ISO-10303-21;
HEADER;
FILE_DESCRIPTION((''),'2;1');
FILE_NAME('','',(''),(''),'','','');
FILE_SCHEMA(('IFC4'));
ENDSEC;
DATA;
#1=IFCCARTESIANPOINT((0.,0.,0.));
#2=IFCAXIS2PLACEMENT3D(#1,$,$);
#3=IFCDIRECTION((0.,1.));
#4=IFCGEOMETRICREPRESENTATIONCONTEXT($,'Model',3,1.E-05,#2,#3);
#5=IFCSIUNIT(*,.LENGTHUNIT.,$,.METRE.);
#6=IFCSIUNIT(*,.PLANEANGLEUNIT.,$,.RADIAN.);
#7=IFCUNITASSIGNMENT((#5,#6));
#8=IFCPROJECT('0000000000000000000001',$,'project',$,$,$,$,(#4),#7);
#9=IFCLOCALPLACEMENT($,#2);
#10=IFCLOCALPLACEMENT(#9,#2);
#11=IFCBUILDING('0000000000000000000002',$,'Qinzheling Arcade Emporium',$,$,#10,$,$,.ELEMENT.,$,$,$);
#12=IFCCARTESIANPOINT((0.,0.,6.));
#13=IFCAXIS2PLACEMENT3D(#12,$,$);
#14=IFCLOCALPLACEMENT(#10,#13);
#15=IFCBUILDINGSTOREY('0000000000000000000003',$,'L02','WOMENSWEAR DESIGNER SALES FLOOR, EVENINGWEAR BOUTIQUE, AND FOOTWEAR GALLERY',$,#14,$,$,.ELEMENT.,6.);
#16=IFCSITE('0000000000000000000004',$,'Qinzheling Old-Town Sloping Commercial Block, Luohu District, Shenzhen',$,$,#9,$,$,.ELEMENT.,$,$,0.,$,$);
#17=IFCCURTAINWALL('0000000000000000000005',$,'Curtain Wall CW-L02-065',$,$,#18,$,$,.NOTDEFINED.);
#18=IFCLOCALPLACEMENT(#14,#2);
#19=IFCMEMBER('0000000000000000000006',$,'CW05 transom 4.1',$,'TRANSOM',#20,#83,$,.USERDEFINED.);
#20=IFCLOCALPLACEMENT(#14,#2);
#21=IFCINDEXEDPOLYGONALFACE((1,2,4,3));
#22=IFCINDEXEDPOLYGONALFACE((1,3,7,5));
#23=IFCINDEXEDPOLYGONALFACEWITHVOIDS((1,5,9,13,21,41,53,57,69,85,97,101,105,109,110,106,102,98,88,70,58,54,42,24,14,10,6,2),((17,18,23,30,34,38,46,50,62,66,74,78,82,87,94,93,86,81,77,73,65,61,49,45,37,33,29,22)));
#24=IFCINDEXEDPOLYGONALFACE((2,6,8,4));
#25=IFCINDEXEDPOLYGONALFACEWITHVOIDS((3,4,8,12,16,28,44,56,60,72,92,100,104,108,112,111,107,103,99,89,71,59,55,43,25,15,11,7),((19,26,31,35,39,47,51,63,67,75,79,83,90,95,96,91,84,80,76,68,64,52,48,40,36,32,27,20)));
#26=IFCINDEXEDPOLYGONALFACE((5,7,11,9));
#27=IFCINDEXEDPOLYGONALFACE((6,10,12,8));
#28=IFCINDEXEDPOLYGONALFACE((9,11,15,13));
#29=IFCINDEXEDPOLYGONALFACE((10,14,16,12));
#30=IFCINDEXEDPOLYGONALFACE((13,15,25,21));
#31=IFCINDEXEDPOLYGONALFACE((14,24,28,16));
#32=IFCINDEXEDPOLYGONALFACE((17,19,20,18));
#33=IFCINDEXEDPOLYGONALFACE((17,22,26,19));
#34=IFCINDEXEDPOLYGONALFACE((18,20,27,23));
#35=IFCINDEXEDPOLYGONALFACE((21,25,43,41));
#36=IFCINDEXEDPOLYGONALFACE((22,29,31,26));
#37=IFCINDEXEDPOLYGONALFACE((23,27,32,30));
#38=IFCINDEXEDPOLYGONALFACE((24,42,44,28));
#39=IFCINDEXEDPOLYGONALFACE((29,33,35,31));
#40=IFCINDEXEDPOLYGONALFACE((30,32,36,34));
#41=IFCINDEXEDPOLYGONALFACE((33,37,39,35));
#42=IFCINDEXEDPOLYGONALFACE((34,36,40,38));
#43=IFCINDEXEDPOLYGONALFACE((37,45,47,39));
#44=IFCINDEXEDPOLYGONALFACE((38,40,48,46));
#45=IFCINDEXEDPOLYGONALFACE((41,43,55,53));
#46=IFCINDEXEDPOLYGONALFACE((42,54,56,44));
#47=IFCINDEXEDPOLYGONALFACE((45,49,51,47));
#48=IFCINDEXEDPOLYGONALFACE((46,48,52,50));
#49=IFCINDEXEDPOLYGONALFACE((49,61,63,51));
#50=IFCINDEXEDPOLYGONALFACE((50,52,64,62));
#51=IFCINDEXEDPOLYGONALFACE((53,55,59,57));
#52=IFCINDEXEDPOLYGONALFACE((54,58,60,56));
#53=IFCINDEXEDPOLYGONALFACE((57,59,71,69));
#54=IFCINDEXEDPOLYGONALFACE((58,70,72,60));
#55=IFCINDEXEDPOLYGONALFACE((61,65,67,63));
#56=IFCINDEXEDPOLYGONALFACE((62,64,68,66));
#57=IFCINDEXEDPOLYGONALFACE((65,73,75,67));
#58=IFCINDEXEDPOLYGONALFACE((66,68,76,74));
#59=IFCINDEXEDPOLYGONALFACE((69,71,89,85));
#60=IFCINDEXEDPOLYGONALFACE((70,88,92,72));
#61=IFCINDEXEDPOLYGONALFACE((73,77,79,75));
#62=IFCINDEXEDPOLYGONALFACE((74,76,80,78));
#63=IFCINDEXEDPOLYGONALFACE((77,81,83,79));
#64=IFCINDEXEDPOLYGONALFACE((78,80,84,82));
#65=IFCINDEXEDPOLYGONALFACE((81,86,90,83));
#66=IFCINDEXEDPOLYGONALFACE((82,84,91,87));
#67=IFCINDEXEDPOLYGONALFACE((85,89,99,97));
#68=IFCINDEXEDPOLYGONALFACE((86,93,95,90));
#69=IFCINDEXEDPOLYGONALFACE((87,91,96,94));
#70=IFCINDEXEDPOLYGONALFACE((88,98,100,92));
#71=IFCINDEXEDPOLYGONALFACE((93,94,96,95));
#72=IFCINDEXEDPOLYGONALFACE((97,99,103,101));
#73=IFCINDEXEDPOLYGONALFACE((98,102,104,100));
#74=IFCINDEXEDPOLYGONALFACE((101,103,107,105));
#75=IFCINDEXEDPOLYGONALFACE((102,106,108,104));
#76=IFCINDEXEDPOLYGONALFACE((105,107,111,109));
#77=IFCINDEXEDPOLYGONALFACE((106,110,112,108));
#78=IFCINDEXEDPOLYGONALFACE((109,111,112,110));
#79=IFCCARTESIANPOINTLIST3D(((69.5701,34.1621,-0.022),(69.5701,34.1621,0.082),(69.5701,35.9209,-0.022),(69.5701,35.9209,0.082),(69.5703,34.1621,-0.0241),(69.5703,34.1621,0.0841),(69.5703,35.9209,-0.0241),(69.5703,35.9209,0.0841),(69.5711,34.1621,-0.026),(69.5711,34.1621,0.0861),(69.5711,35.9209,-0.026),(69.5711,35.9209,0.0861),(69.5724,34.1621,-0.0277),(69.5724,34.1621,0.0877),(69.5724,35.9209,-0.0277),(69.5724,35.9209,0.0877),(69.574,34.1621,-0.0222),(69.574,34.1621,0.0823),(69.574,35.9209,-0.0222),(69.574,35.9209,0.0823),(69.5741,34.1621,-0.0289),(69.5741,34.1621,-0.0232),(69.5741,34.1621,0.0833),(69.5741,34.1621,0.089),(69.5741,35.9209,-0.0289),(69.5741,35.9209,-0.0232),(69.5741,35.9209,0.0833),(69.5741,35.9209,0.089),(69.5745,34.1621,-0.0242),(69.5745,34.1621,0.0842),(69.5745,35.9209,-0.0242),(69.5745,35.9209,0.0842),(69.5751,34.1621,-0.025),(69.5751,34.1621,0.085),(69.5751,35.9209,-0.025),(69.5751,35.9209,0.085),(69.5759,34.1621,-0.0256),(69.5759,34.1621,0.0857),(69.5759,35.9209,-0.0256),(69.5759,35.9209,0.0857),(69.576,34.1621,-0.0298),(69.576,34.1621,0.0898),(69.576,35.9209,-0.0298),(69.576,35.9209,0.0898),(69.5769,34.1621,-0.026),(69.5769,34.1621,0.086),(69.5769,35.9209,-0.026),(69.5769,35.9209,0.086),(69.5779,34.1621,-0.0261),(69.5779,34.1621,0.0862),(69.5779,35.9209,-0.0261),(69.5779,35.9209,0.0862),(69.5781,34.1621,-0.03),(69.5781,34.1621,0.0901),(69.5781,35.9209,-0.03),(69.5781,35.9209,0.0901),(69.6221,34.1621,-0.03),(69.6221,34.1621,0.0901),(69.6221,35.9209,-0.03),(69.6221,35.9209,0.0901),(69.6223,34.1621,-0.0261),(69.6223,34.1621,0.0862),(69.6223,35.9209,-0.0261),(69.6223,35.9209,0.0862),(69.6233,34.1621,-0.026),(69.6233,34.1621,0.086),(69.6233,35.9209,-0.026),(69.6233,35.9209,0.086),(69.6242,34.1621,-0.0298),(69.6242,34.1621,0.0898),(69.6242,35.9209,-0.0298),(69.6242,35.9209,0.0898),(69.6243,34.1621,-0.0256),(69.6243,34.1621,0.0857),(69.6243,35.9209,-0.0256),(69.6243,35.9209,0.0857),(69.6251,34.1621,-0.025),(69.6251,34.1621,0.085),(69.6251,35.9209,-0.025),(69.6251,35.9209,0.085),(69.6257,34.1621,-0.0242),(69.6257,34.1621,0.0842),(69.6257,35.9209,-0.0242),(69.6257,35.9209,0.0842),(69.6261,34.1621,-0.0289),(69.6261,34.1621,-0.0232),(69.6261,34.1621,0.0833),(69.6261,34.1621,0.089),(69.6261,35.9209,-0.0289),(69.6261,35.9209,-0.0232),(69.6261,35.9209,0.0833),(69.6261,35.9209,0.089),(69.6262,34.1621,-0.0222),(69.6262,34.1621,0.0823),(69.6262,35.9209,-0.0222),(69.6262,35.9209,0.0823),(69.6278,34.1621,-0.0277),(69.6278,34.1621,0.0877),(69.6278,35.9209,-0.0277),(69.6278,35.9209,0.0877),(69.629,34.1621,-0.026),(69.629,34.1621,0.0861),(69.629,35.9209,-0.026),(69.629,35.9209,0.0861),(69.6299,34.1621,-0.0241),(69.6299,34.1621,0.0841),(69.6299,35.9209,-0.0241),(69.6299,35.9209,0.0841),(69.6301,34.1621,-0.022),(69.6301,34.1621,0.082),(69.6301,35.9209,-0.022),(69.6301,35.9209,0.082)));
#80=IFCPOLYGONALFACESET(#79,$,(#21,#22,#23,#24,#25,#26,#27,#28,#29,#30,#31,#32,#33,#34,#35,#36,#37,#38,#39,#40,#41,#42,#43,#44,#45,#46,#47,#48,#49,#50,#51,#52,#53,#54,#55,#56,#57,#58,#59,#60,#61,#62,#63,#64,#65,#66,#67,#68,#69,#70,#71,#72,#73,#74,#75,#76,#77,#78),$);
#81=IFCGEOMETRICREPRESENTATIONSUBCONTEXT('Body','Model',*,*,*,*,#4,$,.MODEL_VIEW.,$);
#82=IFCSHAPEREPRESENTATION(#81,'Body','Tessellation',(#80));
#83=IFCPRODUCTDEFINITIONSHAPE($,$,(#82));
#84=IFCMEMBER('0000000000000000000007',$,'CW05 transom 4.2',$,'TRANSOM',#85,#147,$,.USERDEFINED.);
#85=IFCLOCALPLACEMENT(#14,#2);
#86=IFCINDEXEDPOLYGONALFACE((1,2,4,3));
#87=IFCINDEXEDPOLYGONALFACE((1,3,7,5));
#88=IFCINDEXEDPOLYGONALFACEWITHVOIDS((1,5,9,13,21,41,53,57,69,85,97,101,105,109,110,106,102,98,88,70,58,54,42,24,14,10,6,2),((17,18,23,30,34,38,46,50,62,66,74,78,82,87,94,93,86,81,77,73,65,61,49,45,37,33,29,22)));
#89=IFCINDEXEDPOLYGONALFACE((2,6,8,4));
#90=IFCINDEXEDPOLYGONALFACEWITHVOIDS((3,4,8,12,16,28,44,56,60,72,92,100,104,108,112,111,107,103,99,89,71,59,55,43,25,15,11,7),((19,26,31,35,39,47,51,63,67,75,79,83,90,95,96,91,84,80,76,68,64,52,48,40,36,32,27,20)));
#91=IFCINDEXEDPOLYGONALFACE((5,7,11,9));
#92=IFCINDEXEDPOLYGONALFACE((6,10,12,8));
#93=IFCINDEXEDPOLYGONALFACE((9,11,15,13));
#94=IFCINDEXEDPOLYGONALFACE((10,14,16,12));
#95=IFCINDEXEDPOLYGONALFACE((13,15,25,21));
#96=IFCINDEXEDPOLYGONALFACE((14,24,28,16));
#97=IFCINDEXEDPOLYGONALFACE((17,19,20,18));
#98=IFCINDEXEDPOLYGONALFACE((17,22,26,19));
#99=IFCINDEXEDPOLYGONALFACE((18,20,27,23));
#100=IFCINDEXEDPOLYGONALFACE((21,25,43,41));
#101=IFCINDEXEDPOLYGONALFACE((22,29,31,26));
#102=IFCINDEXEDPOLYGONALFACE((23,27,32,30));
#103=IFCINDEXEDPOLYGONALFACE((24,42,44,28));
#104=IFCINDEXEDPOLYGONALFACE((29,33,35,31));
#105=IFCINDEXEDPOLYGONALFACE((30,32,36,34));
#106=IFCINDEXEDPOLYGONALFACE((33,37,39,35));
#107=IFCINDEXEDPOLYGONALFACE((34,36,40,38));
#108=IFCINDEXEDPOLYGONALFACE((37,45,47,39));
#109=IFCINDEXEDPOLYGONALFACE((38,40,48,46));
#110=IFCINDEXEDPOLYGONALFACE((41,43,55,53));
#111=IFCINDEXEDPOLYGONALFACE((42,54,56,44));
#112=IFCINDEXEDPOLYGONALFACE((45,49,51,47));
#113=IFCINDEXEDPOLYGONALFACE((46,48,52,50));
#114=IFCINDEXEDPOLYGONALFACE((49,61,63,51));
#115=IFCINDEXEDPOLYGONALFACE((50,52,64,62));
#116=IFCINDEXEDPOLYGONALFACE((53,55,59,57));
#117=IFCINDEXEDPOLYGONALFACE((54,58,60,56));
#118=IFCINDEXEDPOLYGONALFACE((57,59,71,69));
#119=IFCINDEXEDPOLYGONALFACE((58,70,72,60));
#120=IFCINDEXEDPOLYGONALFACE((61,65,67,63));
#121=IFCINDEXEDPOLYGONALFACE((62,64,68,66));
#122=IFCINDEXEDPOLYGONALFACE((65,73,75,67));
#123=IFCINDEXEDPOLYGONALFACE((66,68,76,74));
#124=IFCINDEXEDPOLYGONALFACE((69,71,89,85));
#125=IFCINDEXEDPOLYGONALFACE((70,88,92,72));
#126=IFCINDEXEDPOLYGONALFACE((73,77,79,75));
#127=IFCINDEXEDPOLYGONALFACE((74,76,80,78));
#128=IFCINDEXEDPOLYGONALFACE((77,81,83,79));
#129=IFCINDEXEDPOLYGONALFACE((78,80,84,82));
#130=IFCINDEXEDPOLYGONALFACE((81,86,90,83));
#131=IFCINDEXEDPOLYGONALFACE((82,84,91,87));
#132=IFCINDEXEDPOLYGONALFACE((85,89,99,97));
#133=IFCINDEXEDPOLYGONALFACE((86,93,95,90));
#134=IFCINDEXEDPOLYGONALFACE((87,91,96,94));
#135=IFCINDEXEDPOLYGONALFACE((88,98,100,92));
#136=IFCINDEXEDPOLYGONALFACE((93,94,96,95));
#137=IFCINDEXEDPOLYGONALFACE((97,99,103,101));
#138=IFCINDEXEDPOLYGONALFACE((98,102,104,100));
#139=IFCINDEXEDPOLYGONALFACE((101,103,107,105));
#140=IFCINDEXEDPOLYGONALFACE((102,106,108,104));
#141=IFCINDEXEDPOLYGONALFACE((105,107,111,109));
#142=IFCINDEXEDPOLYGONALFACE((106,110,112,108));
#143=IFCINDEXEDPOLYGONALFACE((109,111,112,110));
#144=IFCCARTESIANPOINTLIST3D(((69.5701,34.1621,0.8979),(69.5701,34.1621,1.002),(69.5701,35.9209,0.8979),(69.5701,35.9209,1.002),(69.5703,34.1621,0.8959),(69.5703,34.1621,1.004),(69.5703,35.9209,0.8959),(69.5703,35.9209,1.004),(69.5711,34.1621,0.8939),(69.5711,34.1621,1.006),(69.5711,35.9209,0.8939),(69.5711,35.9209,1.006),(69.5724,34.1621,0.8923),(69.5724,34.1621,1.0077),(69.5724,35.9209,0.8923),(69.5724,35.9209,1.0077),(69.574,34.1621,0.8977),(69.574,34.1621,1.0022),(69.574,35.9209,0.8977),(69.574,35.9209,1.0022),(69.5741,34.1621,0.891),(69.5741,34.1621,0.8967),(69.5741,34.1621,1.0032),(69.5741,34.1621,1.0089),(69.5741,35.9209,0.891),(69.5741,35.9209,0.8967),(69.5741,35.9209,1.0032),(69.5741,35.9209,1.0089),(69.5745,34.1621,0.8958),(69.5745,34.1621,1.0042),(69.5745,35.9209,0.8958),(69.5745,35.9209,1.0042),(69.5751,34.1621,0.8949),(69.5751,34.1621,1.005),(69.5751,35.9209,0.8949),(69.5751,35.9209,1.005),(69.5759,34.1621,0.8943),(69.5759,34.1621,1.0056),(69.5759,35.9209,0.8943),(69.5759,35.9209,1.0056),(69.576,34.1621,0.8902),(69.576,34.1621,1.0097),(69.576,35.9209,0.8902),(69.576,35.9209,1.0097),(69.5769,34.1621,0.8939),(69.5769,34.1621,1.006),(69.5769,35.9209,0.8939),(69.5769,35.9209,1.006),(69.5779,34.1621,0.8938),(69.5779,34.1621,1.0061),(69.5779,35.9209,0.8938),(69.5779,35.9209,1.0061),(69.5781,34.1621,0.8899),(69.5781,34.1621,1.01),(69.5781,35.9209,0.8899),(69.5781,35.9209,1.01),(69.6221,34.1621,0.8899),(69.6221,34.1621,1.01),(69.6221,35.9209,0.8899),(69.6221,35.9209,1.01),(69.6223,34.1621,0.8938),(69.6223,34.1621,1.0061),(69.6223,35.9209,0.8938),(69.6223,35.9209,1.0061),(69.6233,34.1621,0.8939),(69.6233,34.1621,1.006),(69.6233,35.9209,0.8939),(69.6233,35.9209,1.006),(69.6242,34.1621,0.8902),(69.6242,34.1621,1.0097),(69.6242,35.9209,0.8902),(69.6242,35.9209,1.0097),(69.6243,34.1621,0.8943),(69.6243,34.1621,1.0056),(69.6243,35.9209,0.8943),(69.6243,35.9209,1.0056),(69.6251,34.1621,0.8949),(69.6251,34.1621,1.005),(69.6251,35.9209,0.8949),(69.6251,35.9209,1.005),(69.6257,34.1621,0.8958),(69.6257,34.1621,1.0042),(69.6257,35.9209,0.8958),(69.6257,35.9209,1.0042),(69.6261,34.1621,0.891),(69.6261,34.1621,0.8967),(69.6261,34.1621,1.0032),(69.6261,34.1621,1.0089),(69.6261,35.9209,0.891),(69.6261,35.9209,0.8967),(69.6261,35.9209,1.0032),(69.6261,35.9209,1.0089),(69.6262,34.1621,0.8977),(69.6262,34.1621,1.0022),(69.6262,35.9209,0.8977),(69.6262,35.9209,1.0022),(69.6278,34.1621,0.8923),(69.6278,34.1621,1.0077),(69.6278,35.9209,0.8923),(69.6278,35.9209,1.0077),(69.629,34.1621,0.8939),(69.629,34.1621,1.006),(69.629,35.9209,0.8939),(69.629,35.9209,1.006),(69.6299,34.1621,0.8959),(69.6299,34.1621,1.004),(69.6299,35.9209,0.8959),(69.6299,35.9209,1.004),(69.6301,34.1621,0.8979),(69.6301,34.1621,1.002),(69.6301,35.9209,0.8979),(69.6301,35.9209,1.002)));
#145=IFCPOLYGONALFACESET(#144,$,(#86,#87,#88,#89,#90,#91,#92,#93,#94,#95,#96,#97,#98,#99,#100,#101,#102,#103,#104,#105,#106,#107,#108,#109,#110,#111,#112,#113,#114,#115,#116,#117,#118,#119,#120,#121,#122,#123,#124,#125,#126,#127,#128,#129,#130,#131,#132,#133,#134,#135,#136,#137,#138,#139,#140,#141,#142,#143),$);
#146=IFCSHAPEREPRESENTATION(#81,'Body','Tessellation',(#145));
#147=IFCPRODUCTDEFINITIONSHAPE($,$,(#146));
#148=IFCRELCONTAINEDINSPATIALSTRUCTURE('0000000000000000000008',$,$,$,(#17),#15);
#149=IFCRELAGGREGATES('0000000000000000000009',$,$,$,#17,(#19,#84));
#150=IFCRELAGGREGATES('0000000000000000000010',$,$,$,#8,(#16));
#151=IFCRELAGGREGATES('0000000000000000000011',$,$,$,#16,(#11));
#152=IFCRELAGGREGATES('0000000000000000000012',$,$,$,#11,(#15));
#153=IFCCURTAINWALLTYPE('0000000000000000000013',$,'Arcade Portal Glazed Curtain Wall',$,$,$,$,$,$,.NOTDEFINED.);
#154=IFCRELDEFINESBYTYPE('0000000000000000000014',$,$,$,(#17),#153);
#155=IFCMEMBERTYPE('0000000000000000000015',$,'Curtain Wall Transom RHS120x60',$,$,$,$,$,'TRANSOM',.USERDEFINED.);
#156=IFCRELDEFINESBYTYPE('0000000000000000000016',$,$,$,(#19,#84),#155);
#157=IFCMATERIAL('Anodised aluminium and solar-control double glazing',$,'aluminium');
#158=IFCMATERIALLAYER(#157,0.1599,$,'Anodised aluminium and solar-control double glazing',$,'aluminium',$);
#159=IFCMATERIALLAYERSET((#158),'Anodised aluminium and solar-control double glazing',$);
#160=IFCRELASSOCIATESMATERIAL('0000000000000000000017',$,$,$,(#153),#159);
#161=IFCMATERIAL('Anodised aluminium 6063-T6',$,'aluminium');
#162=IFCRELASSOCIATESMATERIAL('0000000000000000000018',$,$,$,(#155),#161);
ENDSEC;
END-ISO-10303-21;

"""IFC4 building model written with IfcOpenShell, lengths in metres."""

from ifc_helpers import new_model, si_unit, direction, frame, origin, origin_2d, place, context, subcontext, project, spatial, hollow_rectangle, extrude, material, layer, layer_set, material_profile, profile_set, type_object, element, aggregate, save


model = new_model("IFC4")

# Units and contexts
model_context = context("Model", 3, precision=1e-05, world=origin(), true_north=direction((0.0, 1.0)))
body_context = subcontext(model_context, "Body", "Model", "MODEL_VIEW")
ifc_project = project(units=[si_unit("LENGTHUNIT", "METRE"), si_unit("PLANEANGLEUNIT", "RADIAN")], contexts=[model_context])

# Site, building, storey
site_placement = place(None, origin())
site = spatial("IfcSite", under=ifc_project, at=site_placement, Name="Qinzheling Old-Town Sloping Commercial Block, Luohu District, Shenzhen", CompositionType="ELEMENT", RefElevation=0.0)
building_placement = place(site_placement, origin())
building = spatial("IfcBuilding", under=site, at=building_placement, Name="Qinzheling Arcade Emporium", CompositionType="ELEMENT")
storey_placement = place(building_placement, frame((0.0, 0.0, 6.0)))
storey = spatial("IfcBuildingStorey", under=building, at=storey_placement, Name="L02", Description="WOMENSWEAR DESIGNER SALES FLOOR, EVENINGWEAR BOUTIQUE, AND FOOTWEAR GALLERY", CompositionType="ELEMENT", Elevation=6.0)

# Curtain wall
ifc_material_1 = material(Name="Anodised aluminium and solar-control double glazing", Category="aluminium")
ifc_layer_1 = layer(ifc_material_1, 0.1599, Name="Anodised aluminium and solar-control double glazing", Category="aluminium")
ifc_layer_set_1 = layer_set([ifc_layer_1], Name="Anodised aluminium and solar-control double glazing")
curtain_wall_type = type_object("IfcCurtainWallType", Name="Arcade Portal Glazed Curtain Wall", PredefinedType="NOTDEFINED", material=ifc_layer_set_1)
curtain_wall_1_placement = place(storey_placement, origin())
curtain_wall_1 = element("IfcCurtainWall", 1, at=curtain_wall_1_placement, inside=storey, type_object=curtain_wall_type, Name="Curtain Wall CW-L02-065", PredefinedType="NOTDEFINED")
ifc_material_2 = material(Name="Anodised aluminium 6063-T6", Category="aluminium")

# Members
ifc_material_profile_1 = material_profile(ifc_material_2, hollow_rectangle(XDim=0.0601, YDim=0.1201, WallThickness=0.0039, InnerFilletRadius=0.0039, OuterFilletRadius=0.0081, at=origin_2d()), Name="RHS 120x60x4", Category="aluminium")
ifc_profile_set_1 = profile_set([ifc_material_profile_1], Name="Anodised aluminium 6063-T6")
member_type_1 = type_object("IfcMemberType", Name="Curtain Wall Transom RHS120x60", ElementType="TRANSOM", PredefinedType="USERDEFINED", material=ifc_profile_set_1)
member_1_placement = place(storey_placement, frame((69.6001, 35.9209, 0.03), z_axis=(0.0, -1.0, 0.0), x_axis=(1.0, 0.0, 0.0)))
member_1 = element("IfcMember", 2, at=member_1_placement, type_object=member_type_1, Name="CW05 transom 4.1", ObjectType="TRANSOM", PredefinedType="USERDEFINED", context=body_context, shape_type="SweptSolid", body=[
    extrude(hollow_rectangle(XDim=0.0601, YDim=0.1201, WallThickness=0.0039, InnerFilletRadius=0.0039, OuterFilletRadius=0.0081, at=origin_2d()), origin(), (0.0, 0.0, 1.0), 1.7588),
])
member_2_placement = place(storey_placement, frame((69.6001, 35.9209, 0.95), z_axis=(0.0, -1.0, 0.0), x_axis=(1.0, 0.0, 0.0)))
member_2 = element("IfcMember", 3, at=member_2_placement, type_object=member_type_1, Name="CW05 transom 4.2", ObjectType="TRANSOM", PredefinedType="USERDEFINED", context=body_context, shape_type="SweptSolid", body=[
    extrude(hollow_rectangle(XDim=0.0601, YDim=0.1201, WallThickness=0.0039, InnerFilletRadius=0.0039, OuterFilletRadius=0.0081, at=origin_2d()), origin(), (0.0, 0.0, 1.0), 1.7588),
])

aggregate(curtain_wall_1, [member_1, member_2])

save(model, "model.ifc")
